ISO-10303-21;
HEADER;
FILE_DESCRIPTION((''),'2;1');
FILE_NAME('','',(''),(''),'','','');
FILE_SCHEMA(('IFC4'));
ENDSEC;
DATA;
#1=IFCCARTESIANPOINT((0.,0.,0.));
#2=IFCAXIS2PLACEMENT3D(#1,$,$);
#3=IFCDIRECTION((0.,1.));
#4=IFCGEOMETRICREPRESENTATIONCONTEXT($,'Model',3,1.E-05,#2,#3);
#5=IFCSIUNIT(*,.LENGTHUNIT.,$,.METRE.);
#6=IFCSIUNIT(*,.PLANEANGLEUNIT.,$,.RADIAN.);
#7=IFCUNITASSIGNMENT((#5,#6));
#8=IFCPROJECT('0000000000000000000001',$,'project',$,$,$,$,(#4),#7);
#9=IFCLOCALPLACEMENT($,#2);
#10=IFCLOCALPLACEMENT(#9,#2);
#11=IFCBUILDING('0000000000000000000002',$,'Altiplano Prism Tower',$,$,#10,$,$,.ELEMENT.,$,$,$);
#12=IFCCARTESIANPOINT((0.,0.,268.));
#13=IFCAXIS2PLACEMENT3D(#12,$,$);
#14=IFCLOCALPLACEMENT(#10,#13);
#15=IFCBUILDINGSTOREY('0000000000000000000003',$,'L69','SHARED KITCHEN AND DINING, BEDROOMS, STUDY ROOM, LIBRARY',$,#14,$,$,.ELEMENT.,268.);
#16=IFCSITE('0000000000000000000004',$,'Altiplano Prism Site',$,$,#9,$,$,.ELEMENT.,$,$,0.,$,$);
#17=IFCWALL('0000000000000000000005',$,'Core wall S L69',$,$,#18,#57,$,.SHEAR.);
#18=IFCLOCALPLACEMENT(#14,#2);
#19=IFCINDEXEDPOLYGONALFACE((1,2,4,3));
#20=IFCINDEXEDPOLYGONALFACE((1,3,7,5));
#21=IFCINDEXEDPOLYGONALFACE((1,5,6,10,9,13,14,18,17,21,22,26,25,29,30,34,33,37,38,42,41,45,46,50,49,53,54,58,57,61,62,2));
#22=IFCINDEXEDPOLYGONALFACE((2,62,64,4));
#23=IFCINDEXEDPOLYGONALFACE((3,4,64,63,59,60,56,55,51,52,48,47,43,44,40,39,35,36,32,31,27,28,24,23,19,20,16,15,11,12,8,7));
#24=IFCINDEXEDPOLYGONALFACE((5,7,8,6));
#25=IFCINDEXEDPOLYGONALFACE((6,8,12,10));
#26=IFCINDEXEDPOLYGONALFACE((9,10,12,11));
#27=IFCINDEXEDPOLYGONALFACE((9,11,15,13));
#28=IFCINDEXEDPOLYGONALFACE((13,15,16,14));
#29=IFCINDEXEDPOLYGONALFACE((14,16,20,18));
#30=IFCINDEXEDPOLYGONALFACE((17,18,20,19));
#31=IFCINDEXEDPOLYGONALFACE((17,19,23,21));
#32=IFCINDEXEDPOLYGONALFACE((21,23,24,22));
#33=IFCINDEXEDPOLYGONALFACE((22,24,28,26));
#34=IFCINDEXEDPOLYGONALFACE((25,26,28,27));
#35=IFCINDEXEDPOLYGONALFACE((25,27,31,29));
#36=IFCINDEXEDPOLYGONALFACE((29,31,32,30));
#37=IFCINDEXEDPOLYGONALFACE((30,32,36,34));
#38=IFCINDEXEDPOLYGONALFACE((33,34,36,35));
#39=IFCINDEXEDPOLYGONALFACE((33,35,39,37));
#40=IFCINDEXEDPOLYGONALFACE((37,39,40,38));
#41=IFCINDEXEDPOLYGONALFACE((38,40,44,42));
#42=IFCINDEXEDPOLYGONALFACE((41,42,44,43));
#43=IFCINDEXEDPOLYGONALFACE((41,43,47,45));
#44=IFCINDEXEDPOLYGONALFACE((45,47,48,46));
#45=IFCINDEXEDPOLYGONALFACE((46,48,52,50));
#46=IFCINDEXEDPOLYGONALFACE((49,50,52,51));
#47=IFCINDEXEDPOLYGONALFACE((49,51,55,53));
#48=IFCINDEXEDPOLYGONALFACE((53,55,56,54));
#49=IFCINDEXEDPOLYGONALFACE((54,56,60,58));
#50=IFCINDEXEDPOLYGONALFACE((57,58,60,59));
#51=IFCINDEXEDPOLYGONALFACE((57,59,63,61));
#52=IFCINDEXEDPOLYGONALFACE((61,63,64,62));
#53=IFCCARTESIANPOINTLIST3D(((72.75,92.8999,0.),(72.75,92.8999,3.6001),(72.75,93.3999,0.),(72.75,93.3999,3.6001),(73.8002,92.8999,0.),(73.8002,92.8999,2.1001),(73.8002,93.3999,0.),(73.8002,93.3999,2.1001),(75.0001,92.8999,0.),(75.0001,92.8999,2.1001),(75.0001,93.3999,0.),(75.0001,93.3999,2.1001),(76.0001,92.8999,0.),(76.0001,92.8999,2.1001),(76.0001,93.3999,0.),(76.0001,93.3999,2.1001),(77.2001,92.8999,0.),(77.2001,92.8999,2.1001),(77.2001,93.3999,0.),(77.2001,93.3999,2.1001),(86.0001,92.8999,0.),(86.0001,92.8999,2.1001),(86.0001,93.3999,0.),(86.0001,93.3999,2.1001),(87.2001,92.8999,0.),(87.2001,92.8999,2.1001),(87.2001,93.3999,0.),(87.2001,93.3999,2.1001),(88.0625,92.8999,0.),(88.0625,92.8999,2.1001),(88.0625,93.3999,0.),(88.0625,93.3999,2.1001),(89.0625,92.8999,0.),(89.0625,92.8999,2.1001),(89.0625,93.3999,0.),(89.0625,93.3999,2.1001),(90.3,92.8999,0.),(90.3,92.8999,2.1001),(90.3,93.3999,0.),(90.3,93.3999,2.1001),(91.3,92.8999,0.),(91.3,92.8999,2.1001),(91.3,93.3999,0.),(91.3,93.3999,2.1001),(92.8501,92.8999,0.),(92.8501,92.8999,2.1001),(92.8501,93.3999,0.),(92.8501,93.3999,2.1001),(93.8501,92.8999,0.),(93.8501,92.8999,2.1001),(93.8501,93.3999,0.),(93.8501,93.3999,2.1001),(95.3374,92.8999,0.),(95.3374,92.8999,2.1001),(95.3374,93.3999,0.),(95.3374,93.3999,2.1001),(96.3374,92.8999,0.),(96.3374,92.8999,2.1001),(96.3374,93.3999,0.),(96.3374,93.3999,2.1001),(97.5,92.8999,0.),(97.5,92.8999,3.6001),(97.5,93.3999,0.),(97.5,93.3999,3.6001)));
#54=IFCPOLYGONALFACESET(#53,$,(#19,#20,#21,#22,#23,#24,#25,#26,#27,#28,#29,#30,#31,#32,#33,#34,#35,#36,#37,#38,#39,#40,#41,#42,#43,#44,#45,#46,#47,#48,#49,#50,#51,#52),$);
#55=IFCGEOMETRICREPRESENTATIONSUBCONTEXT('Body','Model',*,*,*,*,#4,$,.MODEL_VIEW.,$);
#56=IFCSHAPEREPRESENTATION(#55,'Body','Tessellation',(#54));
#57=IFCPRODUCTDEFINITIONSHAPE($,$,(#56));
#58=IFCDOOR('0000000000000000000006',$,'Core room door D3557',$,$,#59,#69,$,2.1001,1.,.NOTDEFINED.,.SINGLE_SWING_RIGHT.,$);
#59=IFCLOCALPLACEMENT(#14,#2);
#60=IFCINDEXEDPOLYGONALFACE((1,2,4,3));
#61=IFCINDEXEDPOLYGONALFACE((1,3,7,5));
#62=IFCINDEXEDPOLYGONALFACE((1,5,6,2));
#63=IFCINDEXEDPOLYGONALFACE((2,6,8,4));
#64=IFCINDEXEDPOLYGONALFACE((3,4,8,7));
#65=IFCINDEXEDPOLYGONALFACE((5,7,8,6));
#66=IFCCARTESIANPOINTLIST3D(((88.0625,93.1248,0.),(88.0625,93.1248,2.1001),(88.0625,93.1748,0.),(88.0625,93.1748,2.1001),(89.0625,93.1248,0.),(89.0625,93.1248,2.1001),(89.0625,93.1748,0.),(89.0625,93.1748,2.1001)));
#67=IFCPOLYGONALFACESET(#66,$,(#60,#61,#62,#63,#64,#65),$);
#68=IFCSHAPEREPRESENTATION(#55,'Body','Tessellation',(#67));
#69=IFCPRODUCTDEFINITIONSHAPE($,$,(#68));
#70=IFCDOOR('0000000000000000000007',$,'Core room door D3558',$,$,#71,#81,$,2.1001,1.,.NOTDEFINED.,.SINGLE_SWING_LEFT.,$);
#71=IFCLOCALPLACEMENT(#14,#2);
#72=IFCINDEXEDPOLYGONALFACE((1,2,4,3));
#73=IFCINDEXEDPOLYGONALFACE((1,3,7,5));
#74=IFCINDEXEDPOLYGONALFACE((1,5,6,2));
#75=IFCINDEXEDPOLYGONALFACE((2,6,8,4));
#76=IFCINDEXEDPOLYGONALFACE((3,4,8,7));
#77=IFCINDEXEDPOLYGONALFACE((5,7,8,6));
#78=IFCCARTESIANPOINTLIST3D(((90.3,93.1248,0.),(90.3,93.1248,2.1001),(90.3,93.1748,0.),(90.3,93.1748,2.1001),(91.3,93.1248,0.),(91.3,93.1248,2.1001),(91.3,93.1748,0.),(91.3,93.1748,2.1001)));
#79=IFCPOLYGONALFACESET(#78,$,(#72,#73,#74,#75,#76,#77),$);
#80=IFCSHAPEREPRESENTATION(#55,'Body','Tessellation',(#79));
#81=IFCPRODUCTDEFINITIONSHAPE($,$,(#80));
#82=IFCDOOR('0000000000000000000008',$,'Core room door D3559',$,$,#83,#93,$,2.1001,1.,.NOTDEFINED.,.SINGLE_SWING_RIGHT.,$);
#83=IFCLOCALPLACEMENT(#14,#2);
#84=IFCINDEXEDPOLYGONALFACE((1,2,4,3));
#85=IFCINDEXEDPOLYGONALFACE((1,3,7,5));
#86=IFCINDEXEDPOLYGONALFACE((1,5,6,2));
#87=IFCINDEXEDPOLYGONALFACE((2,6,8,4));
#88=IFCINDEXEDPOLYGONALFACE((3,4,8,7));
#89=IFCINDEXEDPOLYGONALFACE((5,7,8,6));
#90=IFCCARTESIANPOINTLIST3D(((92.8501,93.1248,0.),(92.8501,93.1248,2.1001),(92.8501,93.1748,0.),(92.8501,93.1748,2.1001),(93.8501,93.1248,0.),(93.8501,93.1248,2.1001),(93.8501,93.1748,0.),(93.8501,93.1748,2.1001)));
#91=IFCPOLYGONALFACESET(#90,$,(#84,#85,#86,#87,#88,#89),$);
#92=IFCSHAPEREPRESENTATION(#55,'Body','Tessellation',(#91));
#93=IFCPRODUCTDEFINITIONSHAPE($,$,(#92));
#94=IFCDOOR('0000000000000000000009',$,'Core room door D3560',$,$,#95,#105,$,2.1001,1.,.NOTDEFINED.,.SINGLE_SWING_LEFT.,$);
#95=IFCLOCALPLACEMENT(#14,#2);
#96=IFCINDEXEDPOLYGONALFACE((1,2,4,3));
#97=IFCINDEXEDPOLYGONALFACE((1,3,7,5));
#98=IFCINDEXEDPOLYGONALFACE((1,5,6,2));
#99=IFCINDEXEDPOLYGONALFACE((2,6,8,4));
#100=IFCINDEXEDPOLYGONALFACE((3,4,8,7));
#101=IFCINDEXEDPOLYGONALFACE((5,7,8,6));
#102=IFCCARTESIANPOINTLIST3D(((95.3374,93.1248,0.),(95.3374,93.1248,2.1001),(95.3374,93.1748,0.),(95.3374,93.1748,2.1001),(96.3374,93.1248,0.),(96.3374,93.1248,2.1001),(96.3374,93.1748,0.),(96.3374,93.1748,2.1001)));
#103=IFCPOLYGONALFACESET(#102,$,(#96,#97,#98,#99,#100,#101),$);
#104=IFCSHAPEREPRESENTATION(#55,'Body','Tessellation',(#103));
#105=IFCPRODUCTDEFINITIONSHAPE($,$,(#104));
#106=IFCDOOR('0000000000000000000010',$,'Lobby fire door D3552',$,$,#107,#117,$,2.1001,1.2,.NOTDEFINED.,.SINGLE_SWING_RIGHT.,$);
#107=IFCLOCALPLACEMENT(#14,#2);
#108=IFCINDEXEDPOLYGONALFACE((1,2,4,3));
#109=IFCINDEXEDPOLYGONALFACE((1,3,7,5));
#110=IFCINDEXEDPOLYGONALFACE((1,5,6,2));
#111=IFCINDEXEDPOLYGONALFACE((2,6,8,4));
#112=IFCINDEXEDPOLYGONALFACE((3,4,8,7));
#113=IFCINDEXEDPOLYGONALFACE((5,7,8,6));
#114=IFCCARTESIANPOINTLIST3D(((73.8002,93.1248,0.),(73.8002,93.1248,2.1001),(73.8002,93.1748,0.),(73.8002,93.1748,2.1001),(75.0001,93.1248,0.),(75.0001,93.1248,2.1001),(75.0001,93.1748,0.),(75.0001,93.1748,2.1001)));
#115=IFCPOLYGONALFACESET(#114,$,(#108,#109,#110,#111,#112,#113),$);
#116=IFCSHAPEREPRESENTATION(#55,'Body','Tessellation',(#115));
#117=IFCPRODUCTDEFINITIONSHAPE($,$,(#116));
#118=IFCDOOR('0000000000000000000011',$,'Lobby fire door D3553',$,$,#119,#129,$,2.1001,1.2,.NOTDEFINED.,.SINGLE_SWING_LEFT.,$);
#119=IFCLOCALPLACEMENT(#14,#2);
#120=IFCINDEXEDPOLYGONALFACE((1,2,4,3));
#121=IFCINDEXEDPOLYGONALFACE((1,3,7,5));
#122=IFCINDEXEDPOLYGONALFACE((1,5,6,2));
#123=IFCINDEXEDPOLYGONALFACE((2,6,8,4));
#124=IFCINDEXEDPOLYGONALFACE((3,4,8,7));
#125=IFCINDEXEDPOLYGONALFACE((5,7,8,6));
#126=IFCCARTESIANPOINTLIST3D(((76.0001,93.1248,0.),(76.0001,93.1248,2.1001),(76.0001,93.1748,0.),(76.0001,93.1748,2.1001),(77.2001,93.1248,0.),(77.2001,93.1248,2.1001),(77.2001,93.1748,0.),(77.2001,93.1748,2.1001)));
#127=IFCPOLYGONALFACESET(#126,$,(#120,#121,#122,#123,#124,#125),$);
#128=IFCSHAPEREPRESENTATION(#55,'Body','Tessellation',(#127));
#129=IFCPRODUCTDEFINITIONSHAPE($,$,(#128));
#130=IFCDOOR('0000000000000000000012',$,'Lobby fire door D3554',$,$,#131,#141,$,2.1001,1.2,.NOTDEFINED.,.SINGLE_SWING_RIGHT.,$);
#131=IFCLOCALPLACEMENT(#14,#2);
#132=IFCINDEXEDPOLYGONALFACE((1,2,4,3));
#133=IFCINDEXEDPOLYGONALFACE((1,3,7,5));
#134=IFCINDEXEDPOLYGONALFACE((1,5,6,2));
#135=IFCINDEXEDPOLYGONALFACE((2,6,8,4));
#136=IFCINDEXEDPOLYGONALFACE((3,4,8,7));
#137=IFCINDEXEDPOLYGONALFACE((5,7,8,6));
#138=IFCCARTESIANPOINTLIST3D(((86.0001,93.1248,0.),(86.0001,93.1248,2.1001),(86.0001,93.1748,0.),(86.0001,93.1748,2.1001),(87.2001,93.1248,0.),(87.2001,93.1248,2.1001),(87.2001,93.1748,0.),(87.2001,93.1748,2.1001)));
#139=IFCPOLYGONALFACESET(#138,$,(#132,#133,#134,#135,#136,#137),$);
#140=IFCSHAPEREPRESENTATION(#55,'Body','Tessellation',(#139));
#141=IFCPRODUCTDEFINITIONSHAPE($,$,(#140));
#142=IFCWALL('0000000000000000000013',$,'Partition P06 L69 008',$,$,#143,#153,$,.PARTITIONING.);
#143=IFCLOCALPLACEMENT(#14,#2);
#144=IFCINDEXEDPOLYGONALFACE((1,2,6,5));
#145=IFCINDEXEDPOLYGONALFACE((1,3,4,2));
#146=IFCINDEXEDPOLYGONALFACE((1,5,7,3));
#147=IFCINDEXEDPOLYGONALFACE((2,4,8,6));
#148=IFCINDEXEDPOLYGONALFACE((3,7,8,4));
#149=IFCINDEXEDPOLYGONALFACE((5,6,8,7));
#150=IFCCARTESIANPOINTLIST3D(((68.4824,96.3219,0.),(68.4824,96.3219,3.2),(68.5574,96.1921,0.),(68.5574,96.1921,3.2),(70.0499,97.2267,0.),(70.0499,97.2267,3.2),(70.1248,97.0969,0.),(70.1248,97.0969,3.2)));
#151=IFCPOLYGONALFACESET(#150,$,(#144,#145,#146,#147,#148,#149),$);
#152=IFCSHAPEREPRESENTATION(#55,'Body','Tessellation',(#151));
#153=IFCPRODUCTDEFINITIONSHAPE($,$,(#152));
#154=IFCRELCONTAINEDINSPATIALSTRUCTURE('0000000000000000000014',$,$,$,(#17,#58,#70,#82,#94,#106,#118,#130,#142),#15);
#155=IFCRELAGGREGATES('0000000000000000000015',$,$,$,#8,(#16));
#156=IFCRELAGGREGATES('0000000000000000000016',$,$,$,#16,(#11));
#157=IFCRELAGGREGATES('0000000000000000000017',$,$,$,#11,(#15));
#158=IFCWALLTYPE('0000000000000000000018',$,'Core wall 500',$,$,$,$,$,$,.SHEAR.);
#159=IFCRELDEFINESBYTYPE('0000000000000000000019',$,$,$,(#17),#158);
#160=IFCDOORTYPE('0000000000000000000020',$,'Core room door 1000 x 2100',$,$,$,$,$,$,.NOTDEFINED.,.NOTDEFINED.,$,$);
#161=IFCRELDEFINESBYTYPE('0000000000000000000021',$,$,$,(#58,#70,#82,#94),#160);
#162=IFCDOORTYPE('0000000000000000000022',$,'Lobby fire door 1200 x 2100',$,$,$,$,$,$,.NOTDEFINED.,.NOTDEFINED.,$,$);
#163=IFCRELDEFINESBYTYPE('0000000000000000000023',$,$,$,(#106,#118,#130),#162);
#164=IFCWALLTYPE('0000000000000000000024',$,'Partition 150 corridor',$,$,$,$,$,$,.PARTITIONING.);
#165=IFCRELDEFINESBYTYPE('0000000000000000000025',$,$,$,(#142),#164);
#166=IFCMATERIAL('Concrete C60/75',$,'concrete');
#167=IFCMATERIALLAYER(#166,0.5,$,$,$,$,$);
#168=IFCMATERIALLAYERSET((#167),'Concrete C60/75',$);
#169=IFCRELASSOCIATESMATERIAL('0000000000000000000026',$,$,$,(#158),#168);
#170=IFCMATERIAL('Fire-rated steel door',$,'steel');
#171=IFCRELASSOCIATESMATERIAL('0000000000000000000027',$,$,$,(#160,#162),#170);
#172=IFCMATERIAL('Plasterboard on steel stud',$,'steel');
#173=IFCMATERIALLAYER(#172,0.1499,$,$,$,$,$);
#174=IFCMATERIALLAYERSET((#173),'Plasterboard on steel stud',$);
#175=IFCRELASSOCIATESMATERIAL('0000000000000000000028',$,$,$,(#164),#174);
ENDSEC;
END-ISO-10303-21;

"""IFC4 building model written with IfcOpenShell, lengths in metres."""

from ifc_helpers import new_model, si_unit, direction, frame, frame_2d, origin, place, context, subcontext, project, spatial, rectangle, extrude, material, layer, layer_set, type_object, element, fill, save


model = new_model("IFC4")

# Units and contexts
model_context = context("Model", 3, precision=1e-05, world=origin(), true_north=direction((0.0, 1.0)))
body_context = subcontext(model_context, "Body", "Model", "MODEL_VIEW")
ifc_project = project(units=[si_unit("LENGTHUNIT", "METRE"), si_unit("PLANEANGLEUNIT", "RADIAN")], contexts=[model_context])

# Site, building, storey
site_placement = place(None, origin())
site = spatial("IfcSite", under=ifc_project, at=site_placement, Name="Altiplano Prism Site", CompositionType="ELEMENT", RefElevation=0.0)
building_placement = place(site_placement, origin())
building = spatial("IfcBuilding", under=site, at=building_placement, Name="Altiplano Prism Tower", CompositionType="ELEMENT")
storey_placement = place(building_placement, frame((0.0, 0.0, 268.0)))
storey = spatial("IfcBuildingStorey", under=building, at=storey_placement, Name="L69", Description="SHARED KITCHEN AND DINING, BEDROOMS, STUDY ROOM, LIBRARY", CompositionType="ELEMENT", Elevation=268.0)

# Shared definitions
ifc_material_1 = material(Name="Concrete C60/75", Category="concrete")

# Wall, openings, doors
ifc_layer_1 = layer(ifc_material_1, 0.5)
ifc_layer_set_1 = layer_set([ifc_layer_1], Name="Concrete C60/75")
wall_type_1 = type_object("IfcWallType", Name="Core wall 500", PredefinedType="SHEAR", material=ifc_layer_set_1)
wall_1_placement = place(storey_placement, frame((72.75, 93.1499, 0.0), z_axis=(0.0, 0.0, 1.0), x_axis=(1.0, 0.0, 0.0)))
wall_1 = element("IfcWall", 1, at=wall_1_placement, inside=storey, type_object=wall_type_1, Name="Core wall S L69", PredefinedType="SHEAR", context=body_context, shape_type="SweptSolid", body=[
    extrude(rectangle(XDim=24.75, YDim=0.5, at=frame_2d((12.375, 0.0))), origin(), (0.0, 0.0, 1.0), 3.6001),
])
opening_1_placement = place(wall_1_placement, frame((1.05, 0.0, 0.0)))
opening_1 = element("IfcOpeningElement", 2, at=opening_1_placement, cuts=wall_1, PredefinedType="OPENING", context=body_context, shape_type="SweptSolid", body=[
    extrude(rectangle(XDim=1.2, YDim=2.1001, at=frame_2d((0.6001, 1.05))), frame((0.0, 0.2605, 0.0), z_axis=(0.0, -1.0, 0.0), x_axis=(1.0, 0.0, 0.0)), (0.0, 0.0, 1.0), 0.521),
])
opening_2_placement = place(wall_1_placement, frame((3.25, 0.0, 0.0)))
opening_2 = element("IfcOpeningElement", 3, at=opening_2_placement, cuts=wall_1, PredefinedType="OPENING", context=body_context, shape_type="SweptSolid", body=[
    extrude(rectangle(XDim=1.2, YDim=2.1001, at=frame_2d((0.6001, 1.05))), frame((0.0, 0.2605, 0.0), z_axis=(0.0, -1.0, 0.0), x_axis=(1.0, 0.0, 0.0)), (0.0, 0.0, 1.0), 0.521),
])
opening_3_placement = place(wall_1_placement, frame((13.25, 0.0, 0.0)))
opening_3 = element("IfcOpeningElement", 4, at=opening_3_placement, cuts=wall_1, PredefinedType="OPENING", context=body_context, shape_type="SweptSolid", body=[
    extrude(rectangle(XDim=1.2, YDim=2.1001, at=frame_2d((0.6001, 1.05))), frame((0.0, 0.2605, 0.0), z_axis=(0.0, -1.0, 0.0), x_axis=(1.0, 0.0, 0.0)), (0.0, 0.0, 1.0), 0.521),
])
opening_4_placement = place(wall_1_placement, frame((15.3125, 0.0, 0.0)))
opening_4 = element("IfcOpeningElement", 5, at=opening_4_placement, cuts=wall_1, PredefinedType="OPENING", context=body_context, shape_type="SweptSolid", body=[
    extrude(rectangle(XDim=1.0, YDim=2.1001, at=frame_2d((0.5, 1.05))), frame((0.0, 0.2605, 0.0), z_axis=(0.0, -1.0, 0.0), x_axis=(1.0, 0.0, 0.0)), (0.0, 0.0, 1.0), 0.521),
])
opening_5_placement = place(wall_1_placement, frame((17.55, 0.0, 0.0)))
opening_5 = element("IfcOpeningElement", 6, at=opening_5_placement, cuts=wall_1, PredefinedType="OPENING", context=body_context, shape_type="SweptSolid", body=[
    extrude(rectangle(XDim=1.0, YDim=2.1001, at=frame_2d((0.5, 1.05))), frame((0.0, 0.2605, 0.0), z_axis=(0.0, -1.0, 0.0), x_axis=(1.0, 0.0, 0.0)), (0.0, 0.0, 1.0), 0.521),
])
opening_6_placement = place(wall_1_placement, frame((20.1001, 0.0, 0.0)))
opening_6 = element("IfcOpeningElement", 7, at=opening_6_placement, cuts=wall_1, PredefinedType="OPENING", context=body_context, shape_type="SweptSolid", body=[
    extrude(rectangle(XDim=1.0, YDim=2.1001, at=frame_2d((0.5, 1.05))), frame((0.0, 0.2605, 0.0), z_axis=(0.0, -1.0, 0.0), x_axis=(1.0, 0.0, 0.0)), (0.0, 0.0, 1.0), 0.521),
])
opening_7_placement = place(wall_1_placement, frame((22.5874, 0.0, 0.0)))
opening_7 = element("IfcOpeningElement", 8, at=opening_7_placement, cuts=wall_1, PredefinedType="OPENING", context=body_context, shape_type="SweptSolid", body=[
    extrude(rectangle(XDim=1.0, YDim=2.1001, at=frame_2d((0.5, 1.05))), frame((0.0, 0.2605, 0.0), z_axis=(0.0, -1.0, 0.0), x_axis=(1.0, 0.0, 0.0)), (0.0, 0.0, 1.0), 0.521),
])
ifc_material_2 = material(Name="Fire-rated steel door", Category="steel")
door_type_1 = type_object("IfcDoorType", Name="Core room door 1000 x 2100", OperationType="NOTDEFINED", PredefinedType="NOTDEFINED", material=ifc_material_2)
door_1_placement = place(opening_4_placement, origin())
door_1 = element("IfcDoor", 9, at=door_1_placement, inside=storey, type_object=door_type_1, Name="Core room door D3557", OperationType="SINGLE_SWING_RIGHT", OverallHeight=2.1001, OverallWidth=1.0, PredefinedType="NOTDEFINED", context=body_context, shape_type="SweptSolid", body=[
    extrude(rectangle(XDim=1.0, YDim=2.1001, at=frame_2d((0.5, 1.05))), frame((0.0, 0.0249, 0.0), z_axis=(0.0, -1.0, 0.0), x_axis=(1.0, 0.0, 0.0)), (0.0, 0.0, 1.0), 0.05),
])
fill(opening_4, door_1)
door_2_placement = place(opening_5_placement, origin())
door_2 = element("IfcDoor", 10, at=door_2_placement, inside=storey, type_object=door_type_1, Name="Core room door D3558", OperationType="SINGLE_SWING_LEFT", OverallHeight=2.1001, OverallWidth=1.0, PredefinedType="NOTDEFINED", context=body_context, shape_type="SweptSolid", body=[
    extrude(rectangle(XDim=1.0, YDim=2.1001, at=frame_2d((0.5, 1.05))), frame((0.0, 0.0249, 0.0), z_axis=(0.0, -1.0, 0.0), x_axis=(1.0, 0.0, 0.0)), (0.0, 0.0, 1.0), 0.05),
])
fill(opening_5, door_2)
door_3_placement = place(opening_6_placement, origin())
door_3 = element("IfcDoor", 11, at=door_3_placement, inside=storey, type_object=door_type_1, Name="Core room door D3559", OperationType="SINGLE_SWING_RIGHT", OverallHeight=2.1001, OverallWidth=1.0, PredefinedType="NOTDEFINED", context=body_context, shape_type="SweptSolid", body=[
    extrude(rectangle(XDim=1.0, YDim=2.1001, at=frame_2d((0.5, 1.05))), frame((0.0, 0.0249, 0.0), z_axis=(0.0, -1.0, 0.0), x_axis=(1.0, 0.0, 0.0)), (0.0, 0.0, 1.0), 0.05),
])
fill(opening_6, door_3)
door_4_placement = place(opening_7_placement, origin())
door_4 = element("IfcDoor", 12, at=door_4_placement, inside=storey, type_object=door_type_1, Name="Core room door D3560", OperationType="SINGLE_SWING_LEFT", OverallHeight=2.1001, OverallWidth=1.0, PredefinedType="NOTDEFINED", context=body_context, shape_type="SweptSolid", body=[
    extrude(rectangle(XDim=1.0, YDim=2.1001, at=frame_2d((0.5, 1.05))), frame((0.0, 0.0249, 0.0), z_axis=(0.0, -1.0, 0.0), x_axis=(1.0, 0.0, 0.0)), (0.0, 0.0, 1.0), 0.05),
])
fill(opening_7, door_4)
door_type_2 = type_object("IfcDoorType", Name="Lobby fire door 1200 x 2100", OperationType="NOTDEFINED", PredefinedType="NOTDEFINED", material=ifc_material_2)
door_5_placement = place(opening_1_placement, origin())
door_5 = element("IfcDoor", 13, at=door_5_placement, inside=storey, type_object=door_type_2, Name="Lobby fire door D3552", OperationType="SINGLE_SWING_RIGHT", OverallHeight=2.1001, OverallWidth=1.2, PredefinedType="NOTDEFINED", context=body_context, shape_type="SweptSolid", body=[
    extrude(rectangle(XDim=1.2, YDim=2.1001, at=frame_2d((0.6001, 1.05))), frame((0.0, 0.0249, 0.0), z_axis=(0.0, -1.0, 0.0), x_axis=(1.0, 0.0, 0.0)), (0.0, 0.0, 1.0), 0.05),
])
fill(opening_1, door_5)
door_6_placement = place(opening_2_placement, origin())
door_6 = element("IfcDoor", 14, at=door_6_placement, inside=storey, type_object=door_type_2, Name="Lobby fire door D3553", OperationType="SINGLE_SWING_LEFT", OverallHeight=2.1001, OverallWidth=1.2, PredefinedType="NOTDEFINED", context=body_context, shape_type="SweptSolid", body=[
    extrude(rectangle(XDim=1.2, YDim=2.1001, at=frame_2d((0.6001, 1.05))), frame((0.0, 0.0249, 0.0), z_axis=(0.0, -1.0, 0.0), x_axis=(1.0, 0.0, 0.0)), (0.0, 0.0, 1.0), 0.05),
])
fill(opening_2, door_6)
door_7_placement = place(opening_3_placement, origin())
door_7 = element("IfcDoor", 15, at=door_7_placement, inside=storey, type_object=door_type_2, Name="Lobby fire door D3554", OperationType="SINGLE_SWING_RIGHT", OverallHeight=2.1001, OverallWidth=1.2, PredefinedType="NOTDEFINED", context=body_context, shape_type="SweptSolid", body=[
    extrude(rectangle(XDim=1.2, YDim=2.1001, at=frame_2d((0.6001, 1.05))), frame((0.0, 0.0249, 0.0), z_axis=(0.0, -1.0, 0.0), x_axis=(1.0, 0.0, 0.0)), (0.0, 0.0, 1.0), 0.05),
])
fill(opening_3, door_7)

# Wall
ifc_material_3 = material(Name="Plasterboard on steel stud", Category="steel")
ifc_layer_2 = layer(ifc_material_3, 0.1499)
ifc_layer_set_2 = layer_set([ifc_layer_2], Name="Plasterboard on steel stud")
wall_type_2 = type_object("IfcWallType", Name="Partition 150 corridor", PredefinedType="PARTITIONING", material=ifc_layer_set_2)
wall_2_placement = place(storey_placement, frame((68.52, 96.2571, 0.0), z_axis=(0.0, 0.0, 1.0), x_axis=(0.86606, 0.49994, 0.0)))
element("IfcWall", 16, at=wall_2_placement, inside=storey, type_object=wall_type_2, Name="Partition P06 L69 008", PredefinedType="PARTITIONING", context=body_context, shape_type="SweptSolid", body=[
    extrude(rectangle(XDim=1.8098, YDim=0.1499, at=frame_2d((0.9048, 0.0))), origin(), (0.0, 0.0, 1.0), 3.2),
])

save(model, "model.ifc")
